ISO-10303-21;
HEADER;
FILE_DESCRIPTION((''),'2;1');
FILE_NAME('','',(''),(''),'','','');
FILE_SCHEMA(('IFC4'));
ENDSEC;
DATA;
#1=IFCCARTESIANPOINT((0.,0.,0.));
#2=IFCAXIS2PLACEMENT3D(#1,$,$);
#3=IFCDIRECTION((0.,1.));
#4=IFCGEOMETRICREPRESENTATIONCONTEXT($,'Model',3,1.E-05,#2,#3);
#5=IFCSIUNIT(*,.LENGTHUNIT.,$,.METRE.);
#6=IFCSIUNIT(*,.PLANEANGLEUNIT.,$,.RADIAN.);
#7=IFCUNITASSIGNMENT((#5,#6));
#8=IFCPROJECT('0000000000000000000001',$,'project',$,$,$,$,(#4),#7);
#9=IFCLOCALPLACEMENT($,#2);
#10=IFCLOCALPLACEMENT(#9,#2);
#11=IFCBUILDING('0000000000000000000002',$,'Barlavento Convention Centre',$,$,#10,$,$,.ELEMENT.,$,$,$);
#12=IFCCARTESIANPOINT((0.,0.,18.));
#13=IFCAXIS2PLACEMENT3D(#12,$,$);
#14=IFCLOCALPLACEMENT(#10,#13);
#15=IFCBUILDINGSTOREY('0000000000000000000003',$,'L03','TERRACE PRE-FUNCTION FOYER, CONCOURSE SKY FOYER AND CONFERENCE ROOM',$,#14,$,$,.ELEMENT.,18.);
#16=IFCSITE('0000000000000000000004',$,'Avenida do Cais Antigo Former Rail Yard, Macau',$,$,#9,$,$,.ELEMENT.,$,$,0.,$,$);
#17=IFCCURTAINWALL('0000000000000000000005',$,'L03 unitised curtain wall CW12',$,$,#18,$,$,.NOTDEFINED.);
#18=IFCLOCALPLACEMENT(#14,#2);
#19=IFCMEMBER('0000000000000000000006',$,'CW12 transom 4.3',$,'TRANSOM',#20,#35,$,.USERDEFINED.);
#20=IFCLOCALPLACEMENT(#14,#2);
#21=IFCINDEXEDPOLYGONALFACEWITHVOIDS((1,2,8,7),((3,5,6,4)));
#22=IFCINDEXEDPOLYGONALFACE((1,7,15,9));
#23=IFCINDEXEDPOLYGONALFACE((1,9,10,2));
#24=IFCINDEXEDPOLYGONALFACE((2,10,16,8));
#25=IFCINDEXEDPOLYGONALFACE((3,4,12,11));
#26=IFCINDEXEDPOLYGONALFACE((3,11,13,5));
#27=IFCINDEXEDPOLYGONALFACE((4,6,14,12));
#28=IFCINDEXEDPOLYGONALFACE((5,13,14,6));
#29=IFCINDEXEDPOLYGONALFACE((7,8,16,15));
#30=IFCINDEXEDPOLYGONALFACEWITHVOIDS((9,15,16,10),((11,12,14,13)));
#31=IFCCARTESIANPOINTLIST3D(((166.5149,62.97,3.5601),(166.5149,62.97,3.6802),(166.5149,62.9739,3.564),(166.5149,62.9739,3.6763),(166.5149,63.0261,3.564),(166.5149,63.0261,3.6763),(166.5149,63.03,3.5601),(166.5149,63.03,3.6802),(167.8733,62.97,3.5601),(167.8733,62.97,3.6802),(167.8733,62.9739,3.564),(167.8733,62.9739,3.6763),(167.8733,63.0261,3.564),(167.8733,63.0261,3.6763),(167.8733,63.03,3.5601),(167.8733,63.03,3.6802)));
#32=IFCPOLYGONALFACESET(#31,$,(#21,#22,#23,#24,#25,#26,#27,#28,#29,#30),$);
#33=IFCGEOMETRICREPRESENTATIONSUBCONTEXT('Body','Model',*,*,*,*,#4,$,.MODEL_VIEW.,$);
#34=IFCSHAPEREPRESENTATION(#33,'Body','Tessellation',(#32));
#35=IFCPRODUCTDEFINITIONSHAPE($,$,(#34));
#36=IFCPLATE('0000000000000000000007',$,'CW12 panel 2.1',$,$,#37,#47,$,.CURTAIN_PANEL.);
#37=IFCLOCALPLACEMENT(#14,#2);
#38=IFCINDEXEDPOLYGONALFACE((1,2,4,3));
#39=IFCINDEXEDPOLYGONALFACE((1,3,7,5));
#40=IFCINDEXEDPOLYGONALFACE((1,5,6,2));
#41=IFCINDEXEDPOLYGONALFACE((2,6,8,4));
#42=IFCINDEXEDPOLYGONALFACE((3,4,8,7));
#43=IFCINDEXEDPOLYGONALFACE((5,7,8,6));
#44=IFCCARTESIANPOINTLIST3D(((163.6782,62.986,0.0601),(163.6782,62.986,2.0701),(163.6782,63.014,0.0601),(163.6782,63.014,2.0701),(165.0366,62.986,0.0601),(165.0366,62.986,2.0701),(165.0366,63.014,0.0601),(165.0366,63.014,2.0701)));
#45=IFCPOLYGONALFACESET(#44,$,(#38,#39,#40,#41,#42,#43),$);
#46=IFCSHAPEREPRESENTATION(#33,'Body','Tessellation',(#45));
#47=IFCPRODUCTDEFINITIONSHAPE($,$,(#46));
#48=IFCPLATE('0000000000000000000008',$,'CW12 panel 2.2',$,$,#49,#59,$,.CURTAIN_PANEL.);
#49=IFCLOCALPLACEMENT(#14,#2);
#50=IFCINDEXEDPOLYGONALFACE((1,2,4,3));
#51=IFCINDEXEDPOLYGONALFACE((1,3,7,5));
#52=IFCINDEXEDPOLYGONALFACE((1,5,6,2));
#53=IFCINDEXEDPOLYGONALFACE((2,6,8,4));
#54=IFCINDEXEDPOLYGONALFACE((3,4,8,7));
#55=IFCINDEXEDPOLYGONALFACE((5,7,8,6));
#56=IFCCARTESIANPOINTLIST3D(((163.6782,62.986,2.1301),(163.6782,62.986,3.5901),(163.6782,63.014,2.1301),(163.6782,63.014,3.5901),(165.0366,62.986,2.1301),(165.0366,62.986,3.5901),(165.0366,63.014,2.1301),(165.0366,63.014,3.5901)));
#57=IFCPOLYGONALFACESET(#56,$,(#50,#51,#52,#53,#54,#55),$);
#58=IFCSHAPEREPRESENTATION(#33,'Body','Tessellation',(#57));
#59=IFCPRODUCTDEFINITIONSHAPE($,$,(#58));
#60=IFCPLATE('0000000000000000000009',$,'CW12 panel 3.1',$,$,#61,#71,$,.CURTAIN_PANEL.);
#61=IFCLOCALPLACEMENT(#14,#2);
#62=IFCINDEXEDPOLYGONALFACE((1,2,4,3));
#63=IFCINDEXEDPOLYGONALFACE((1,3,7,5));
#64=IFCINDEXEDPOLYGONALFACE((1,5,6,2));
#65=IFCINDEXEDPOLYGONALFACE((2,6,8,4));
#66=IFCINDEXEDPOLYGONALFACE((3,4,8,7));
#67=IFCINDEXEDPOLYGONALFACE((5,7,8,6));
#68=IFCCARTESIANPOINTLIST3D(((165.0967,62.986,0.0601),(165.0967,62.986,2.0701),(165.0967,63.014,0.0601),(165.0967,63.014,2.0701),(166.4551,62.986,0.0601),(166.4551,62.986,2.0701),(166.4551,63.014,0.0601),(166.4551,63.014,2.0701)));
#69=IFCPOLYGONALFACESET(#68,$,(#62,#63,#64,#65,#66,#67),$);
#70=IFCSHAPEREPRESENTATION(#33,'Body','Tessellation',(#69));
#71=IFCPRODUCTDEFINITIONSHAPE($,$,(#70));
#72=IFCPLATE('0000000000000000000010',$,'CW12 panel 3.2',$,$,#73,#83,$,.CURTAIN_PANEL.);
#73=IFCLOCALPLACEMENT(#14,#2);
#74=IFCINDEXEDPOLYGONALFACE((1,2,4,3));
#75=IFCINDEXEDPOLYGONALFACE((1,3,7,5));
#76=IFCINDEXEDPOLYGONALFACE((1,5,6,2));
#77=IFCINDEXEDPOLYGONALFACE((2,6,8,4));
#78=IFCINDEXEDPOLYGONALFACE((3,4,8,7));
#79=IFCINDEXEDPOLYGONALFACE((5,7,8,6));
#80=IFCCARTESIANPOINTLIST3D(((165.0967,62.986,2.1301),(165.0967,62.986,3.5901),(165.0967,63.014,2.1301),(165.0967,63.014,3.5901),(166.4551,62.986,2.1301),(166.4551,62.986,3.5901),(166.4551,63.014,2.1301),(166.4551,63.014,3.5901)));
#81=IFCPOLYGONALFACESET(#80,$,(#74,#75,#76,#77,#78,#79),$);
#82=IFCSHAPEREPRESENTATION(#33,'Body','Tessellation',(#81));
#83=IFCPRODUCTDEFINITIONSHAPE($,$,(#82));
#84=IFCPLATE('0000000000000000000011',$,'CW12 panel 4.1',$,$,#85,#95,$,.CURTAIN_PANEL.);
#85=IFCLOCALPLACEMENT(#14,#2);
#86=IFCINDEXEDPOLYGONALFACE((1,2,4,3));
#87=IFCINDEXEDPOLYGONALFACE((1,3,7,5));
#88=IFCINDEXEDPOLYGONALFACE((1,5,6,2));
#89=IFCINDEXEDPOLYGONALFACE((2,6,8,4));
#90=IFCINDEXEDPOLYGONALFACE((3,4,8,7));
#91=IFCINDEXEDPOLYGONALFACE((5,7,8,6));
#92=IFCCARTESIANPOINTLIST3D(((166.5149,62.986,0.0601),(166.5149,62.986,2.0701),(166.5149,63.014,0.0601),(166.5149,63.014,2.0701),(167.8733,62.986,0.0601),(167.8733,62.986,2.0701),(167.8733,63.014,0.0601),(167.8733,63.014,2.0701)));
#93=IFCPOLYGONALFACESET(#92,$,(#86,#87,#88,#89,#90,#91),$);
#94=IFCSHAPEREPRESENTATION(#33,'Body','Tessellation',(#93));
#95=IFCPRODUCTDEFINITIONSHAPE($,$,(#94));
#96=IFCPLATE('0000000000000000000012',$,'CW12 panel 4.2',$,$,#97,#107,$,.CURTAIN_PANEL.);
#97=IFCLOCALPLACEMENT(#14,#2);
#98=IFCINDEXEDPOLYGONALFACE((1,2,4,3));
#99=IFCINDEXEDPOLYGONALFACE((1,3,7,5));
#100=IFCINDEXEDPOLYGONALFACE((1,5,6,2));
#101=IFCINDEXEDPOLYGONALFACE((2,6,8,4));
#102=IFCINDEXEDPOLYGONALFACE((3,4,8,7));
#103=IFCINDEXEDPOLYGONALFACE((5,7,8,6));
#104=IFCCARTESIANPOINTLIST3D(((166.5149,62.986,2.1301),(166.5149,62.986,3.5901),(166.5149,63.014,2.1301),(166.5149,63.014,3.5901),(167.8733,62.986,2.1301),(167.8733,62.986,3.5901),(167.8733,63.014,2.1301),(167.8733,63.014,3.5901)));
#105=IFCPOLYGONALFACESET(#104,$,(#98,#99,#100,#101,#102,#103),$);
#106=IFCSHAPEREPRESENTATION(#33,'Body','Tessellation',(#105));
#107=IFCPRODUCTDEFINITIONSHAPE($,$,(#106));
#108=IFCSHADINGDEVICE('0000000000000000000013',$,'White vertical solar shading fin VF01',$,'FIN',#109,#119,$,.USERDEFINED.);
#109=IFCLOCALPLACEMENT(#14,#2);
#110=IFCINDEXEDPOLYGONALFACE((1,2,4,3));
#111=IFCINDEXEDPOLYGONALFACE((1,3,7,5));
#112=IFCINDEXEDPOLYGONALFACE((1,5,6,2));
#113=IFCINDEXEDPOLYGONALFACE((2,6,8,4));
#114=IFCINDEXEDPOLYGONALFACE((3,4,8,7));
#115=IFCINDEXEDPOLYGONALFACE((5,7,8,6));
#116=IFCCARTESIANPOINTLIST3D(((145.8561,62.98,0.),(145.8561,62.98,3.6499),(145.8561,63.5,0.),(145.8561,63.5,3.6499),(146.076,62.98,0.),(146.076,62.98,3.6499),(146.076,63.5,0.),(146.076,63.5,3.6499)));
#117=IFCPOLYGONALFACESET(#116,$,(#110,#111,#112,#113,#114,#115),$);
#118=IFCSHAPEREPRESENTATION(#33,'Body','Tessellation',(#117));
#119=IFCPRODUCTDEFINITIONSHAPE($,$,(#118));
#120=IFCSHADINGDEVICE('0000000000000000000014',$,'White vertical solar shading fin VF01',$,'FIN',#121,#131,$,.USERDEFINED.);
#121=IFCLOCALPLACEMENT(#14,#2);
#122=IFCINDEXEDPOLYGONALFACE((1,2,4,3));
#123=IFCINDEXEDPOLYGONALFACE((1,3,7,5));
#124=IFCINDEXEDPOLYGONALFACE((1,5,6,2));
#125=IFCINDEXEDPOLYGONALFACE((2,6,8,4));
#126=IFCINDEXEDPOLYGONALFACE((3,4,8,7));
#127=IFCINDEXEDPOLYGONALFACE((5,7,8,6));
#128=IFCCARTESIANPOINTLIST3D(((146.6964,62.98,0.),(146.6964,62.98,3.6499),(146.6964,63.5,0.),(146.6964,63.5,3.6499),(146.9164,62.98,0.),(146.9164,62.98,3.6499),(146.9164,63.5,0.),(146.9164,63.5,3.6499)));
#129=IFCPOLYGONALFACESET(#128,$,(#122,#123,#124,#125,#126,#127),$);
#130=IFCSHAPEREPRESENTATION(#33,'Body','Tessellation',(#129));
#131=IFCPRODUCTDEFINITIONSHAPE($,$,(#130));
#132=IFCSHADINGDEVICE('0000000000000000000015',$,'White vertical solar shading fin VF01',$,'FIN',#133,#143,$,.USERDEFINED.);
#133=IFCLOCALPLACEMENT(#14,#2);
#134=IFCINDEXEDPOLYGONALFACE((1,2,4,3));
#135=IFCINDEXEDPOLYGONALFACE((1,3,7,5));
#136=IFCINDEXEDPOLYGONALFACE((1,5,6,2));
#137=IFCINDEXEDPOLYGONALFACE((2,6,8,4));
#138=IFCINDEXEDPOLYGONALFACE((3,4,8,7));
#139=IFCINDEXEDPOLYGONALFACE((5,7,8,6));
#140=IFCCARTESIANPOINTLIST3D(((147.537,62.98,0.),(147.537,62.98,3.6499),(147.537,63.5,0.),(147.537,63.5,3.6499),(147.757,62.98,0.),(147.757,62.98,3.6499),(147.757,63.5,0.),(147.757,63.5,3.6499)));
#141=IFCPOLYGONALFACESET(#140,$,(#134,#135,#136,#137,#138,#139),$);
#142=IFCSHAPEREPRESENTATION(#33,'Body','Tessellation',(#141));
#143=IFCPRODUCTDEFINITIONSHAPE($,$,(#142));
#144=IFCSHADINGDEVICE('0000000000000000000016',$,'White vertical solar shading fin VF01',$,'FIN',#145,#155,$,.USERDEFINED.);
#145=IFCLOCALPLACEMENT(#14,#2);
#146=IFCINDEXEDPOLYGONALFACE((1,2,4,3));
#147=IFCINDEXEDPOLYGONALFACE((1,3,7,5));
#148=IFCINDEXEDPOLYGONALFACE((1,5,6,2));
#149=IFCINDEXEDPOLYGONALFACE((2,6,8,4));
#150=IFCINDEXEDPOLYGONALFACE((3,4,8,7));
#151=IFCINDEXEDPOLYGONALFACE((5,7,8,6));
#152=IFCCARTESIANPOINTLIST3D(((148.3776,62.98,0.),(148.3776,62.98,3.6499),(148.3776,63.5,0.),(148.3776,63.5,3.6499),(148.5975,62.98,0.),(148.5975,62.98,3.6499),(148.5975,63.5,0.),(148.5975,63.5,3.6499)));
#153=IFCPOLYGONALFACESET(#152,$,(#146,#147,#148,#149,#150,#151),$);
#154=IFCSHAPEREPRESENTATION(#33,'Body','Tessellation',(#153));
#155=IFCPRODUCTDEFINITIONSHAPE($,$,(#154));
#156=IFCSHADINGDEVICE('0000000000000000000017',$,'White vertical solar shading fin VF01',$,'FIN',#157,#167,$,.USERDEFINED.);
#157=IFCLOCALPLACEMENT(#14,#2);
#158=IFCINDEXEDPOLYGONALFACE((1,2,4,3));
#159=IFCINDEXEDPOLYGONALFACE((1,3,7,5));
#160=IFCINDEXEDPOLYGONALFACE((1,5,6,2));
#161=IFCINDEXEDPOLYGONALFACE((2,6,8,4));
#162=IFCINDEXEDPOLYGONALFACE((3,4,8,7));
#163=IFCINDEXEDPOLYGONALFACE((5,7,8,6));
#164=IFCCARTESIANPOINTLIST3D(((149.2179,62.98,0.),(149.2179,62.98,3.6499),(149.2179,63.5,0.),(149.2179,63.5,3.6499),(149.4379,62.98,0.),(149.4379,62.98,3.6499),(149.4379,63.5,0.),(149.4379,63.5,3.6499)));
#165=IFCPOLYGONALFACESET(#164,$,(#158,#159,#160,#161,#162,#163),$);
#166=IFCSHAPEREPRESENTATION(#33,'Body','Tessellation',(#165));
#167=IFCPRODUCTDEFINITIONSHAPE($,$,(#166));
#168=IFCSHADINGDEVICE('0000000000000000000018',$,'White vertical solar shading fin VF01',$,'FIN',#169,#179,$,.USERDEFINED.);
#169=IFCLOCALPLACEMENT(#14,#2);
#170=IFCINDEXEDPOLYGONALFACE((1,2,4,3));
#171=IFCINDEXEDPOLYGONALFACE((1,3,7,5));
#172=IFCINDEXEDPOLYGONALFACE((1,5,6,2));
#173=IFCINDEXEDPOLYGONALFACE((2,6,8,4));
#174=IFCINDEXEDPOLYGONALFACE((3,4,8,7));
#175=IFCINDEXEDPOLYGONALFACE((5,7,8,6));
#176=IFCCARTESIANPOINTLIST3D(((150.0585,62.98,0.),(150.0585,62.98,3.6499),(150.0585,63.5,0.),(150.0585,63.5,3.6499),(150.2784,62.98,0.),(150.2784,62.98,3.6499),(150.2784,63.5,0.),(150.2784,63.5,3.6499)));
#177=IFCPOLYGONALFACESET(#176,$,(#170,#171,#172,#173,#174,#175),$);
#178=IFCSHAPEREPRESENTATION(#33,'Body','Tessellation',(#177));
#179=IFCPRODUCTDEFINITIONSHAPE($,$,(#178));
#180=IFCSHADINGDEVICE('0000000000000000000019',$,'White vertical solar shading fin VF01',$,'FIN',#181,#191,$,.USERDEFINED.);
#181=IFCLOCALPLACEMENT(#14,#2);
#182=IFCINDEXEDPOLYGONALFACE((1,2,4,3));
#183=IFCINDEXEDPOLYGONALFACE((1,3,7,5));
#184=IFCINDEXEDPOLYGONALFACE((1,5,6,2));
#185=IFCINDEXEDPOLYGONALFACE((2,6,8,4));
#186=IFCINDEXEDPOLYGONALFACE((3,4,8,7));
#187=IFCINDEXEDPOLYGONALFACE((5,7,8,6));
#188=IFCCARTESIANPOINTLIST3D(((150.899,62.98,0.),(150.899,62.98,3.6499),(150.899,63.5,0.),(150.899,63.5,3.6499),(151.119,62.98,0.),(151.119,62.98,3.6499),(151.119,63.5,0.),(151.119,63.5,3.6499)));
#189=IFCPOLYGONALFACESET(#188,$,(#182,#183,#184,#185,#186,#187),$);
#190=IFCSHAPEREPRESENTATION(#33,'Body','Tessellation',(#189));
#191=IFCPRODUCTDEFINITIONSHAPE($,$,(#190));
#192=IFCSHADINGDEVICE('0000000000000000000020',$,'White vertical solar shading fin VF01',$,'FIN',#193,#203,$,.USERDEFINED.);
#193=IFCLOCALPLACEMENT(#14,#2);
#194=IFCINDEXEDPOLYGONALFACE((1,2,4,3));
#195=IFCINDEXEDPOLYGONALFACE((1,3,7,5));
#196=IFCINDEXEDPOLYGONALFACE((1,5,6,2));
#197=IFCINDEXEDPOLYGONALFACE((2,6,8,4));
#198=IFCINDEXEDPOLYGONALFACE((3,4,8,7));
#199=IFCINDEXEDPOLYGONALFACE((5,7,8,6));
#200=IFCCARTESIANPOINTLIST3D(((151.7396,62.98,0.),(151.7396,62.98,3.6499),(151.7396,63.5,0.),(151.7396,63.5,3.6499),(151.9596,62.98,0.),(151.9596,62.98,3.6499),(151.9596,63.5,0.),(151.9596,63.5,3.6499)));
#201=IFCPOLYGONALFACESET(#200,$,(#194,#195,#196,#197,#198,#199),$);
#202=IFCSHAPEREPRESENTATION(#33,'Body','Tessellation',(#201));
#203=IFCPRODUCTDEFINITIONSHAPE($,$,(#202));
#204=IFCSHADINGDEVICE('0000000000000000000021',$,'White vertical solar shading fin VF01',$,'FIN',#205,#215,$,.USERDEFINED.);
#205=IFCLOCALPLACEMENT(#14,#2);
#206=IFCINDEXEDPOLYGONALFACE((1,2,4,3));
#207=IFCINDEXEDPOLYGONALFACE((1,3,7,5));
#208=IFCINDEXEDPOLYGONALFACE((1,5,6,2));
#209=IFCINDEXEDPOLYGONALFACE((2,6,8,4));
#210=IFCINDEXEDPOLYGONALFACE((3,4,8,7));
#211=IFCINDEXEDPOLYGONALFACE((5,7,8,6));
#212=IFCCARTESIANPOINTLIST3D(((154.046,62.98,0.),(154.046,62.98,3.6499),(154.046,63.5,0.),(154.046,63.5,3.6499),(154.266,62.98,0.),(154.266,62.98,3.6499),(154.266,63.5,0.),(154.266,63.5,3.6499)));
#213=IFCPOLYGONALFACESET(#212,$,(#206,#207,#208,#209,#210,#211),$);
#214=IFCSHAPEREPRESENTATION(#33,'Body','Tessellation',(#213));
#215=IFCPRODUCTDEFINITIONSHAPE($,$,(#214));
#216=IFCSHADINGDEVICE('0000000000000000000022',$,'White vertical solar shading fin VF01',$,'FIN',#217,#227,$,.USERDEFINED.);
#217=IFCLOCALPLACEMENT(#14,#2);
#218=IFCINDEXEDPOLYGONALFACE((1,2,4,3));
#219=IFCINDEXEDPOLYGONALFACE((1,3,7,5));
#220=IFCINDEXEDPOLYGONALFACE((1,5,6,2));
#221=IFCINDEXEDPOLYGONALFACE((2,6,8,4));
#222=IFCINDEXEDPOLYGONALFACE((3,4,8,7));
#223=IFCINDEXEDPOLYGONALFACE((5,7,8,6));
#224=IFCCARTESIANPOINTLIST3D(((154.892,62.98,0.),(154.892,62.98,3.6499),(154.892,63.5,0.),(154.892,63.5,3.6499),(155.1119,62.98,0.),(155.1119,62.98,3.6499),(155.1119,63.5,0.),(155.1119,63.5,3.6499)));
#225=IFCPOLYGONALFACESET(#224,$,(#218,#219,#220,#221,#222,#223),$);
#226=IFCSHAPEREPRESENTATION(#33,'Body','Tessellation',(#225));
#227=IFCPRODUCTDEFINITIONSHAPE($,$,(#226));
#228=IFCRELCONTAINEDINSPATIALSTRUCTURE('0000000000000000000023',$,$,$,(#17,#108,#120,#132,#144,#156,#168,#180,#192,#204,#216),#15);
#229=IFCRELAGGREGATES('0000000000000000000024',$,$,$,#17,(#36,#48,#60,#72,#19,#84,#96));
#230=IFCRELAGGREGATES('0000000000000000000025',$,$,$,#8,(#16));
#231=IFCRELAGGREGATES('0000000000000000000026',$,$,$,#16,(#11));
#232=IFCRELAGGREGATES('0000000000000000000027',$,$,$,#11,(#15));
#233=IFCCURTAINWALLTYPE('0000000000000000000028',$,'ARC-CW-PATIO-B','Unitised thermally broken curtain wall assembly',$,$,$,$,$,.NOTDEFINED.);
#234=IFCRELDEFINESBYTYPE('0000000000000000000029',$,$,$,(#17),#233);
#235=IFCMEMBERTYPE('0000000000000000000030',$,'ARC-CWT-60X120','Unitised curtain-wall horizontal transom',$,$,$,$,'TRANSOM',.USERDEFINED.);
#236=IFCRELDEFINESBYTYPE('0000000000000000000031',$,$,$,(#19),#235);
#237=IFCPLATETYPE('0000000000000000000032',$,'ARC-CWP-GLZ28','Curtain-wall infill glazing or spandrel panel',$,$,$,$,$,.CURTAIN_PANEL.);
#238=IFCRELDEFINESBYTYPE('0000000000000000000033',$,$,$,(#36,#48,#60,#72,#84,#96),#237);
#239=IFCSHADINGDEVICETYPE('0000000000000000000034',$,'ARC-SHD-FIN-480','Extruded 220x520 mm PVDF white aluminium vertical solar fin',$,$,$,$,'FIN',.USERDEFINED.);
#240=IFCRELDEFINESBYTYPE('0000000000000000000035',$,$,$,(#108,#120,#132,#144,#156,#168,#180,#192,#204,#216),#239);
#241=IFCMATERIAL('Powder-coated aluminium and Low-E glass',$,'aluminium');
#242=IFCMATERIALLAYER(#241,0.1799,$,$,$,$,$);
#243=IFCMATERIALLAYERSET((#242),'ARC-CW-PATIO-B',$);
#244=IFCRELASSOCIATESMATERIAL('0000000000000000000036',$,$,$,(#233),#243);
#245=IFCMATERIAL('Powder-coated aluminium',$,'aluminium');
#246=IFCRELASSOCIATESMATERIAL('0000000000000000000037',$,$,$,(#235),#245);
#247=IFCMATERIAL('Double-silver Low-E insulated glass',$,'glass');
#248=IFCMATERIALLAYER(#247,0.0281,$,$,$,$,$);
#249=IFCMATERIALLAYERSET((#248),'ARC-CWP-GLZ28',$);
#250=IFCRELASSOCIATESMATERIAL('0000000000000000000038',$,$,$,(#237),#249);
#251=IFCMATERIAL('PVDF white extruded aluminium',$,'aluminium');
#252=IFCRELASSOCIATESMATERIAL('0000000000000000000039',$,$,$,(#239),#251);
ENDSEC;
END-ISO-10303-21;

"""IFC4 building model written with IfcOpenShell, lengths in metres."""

from ifc_helpers import new_model, si_unit, direction, frame, origin, origin_2d, place, context, subcontext, project, spatial, rectangle, hollow_rectangle, extrude, material, layer, layer_set, material_profile, profile_set, type_object, element, aggregate, save


model = new_model("IFC4")

# Units and contexts
model_context = context("Model", 3, precision=1e-05, world=origin(), true_north=direction((0.0, 1.0)))
body_context = subcontext(model_context, "Body", "Model", "MODEL_VIEW")
ifc_project = project(units=[si_unit("LENGTHUNIT", "METRE"), si_unit("PLANEANGLEUNIT", "RADIAN")], contexts=[model_context])

# Site, building, storey
site_placement = place(None, origin())
site = spatial("IfcSite", under=ifc_project, at=site_placement, Name="Avenida do Cais Antigo Former Rail Yard, Macau", CompositionType="ELEMENT", RefElevation=0.0)
building_placement = place(site_placement, origin())
building = spatial("IfcBuilding", under=site, at=building_placement, Name="Barlavento Convention Centre", CompositionType="ELEMENT")
storey_placement = place(building_placement, frame((0.0, 0.0, 18.0)))
storey = spatial("IfcBuildingStorey", under=building, at=storey_placement, Name="L03", Description="TERRACE PRE-FUNCTION FOYER, CONCOURSE SKY FOYER AND CONFERENCE ROOM", CompositionType="ELEMENT", Elevation=18.0)

# Curtain wall, member, plates
ifc_material_1 = material(Name="Powder-coated aluminium and Low-E glass", Category="aluminium")
ifc_layer_1 = layer(ifc_material_1, 0.1799)
ifc_layer_set_1 = layer_set([ifc_layer_1], Name="ARC-CW-PATIO-B")
curtain_wall_type = type_object("IfcCurtainWallType", Name="ARC-CW-PATIO-B", Description="Unitised thermally broken curtain wall assembly", PredefinedType="NOTDEFINED", material=ifc_layer_set_1)
curtain_wall_placement = place(storey_placement, origin())
curtain_wall = element("IfcCurtainWall", 1, at=curtain_wall_placement, inside=storey, type_object=curtain_wall_type, Name="L03 unitised curtain wall CW12", PredefinedType="NOTDEFINED")
ifc_material_2 = material(Name="Powder-coated aluminium", Category="aluminium")
ifc_material_profile_1 = material_profile(ifc_material_2, hollow_rectangle(XDim=0.0601, YDim=0.1201, WallThickness=0.0039, at=origin_2d()), Name="AL-TRAN 60x120x4")
ifc_profile_set_1 = profile_set([ifc_material_profile_1], Name="Powder-coated aluminium")
member_type_1 = type_object("IfcMemberType", Name="ARC-CWT-60X120", Description="Unitised curtain-wall horizontal transom", ElementType="TRANSOM", PredefinedType="USERDEFINED", material=ifc_profile_set_1)
member_1_placement = place(storey_placement, frame((166.5149, 63.0, 3.6201), z_axis=(1.0, 0.0, 0.0), x_axis=(0.0, 1.0, 0.0)))
member_1 = element("IfcMember", 2, at=member_1_placement, type_object=member_type_1, Name="CW12 transom 4.3", ObjectType="TRANSOM", PredefinedType="USERDEFINED", context=body_context, shape_type="SweptSolid", body=[
    extrude(hollow_rectangle(XDim=0.0601, YDim=0.1201, WallThickness=0.0039, at=origin_2d()), origin(), (0.0, 0.0, 1.0), 1.3584),
])
ifc_material_3 = material(Name="Double-silver Low-E insulated glass", Category="glass")
ifc_layer_2 = layer(ifc_material_3, 0.0281)
ifc_layer_set_2 = layer_set([ifc_layer_2], Name="ARC-CWP-GLZ28")
plate_type = type_object("IfcPlateType", Name="ARC-CWP-GLZ28", Description="Curtain-wall infill glazing or spandrel panel", PredefinedType="CURTAIN_PANEL", material=ifc_layer_set_2)
plate_1_placement = place(storey_placement, frame((164.3574, 63.0, 0.0601), z_axis=(0.0, 0.0, 1.0), x_axis=(1.0, 0.0, 0.0)))
plate_1 = element("IfcPlate", 3, at=plate_1_placement, type_object=plate_type, Name="CW12 panel 2.1", PredefinedType="CURTAIN_PANEL", context=body_context, shape_type="SweptSolid", body=[
    extrude(rectangle(XDim=1.3584, YDim=0.0281, at=origin_2d()), origin(), (0.0, 0.0, 1.0), 2.01),
])
plate_2_placement = place(storey_placement, frame((164.3574, 63.0, 2.1301), z_axis=(0.0, 0.0, 1.0), x_axis=(1.0, 0.0, 0.0)))
plate_2 = element("IfcPlate", 4, at=plate_2_placement, type_object=plate_type, Name="CW12 panel 2.2", PredefinedType="CURTAIN_PANEL", context=body_context, shape_type="SweptSolid", body=[
    extrude(rectangle(XDim=1.3584, YDim=0.0281, at=origin_2d()), origin(), (0.0, 0.0, 1.0), 1.46),
])
plate_3_placement = place(storey_placement, frame((165.7759, 63.0, 0.0601), z_axis=(0.0, 0.0, 1.0), x_axis=(1.0, 0.0, 0.0)))
plate_3 = element("IfcPlate", 5, at=plate_3_placement, type_object=plate_type, Name="CW12 panel 3.1", PredefinedType="CURTAIN_PANEL", context=body_context, shape_type="SweptSolid", body=[
    extrude(rectangle(XDim=1.3584, YDim=0.0281, at=origin_2d()), origin(), (0.0, 0.0, 1.0), 2.01),
])
plate_4_placement = place(storey_placement, frame((165.7759, 63.0, 2.1301), z_axis=(0.0, 0.0, 1.0), x_axis=(1.0, 0.0, 0.0)))
plate_4 = element("IfcPlate", 6, at=plate_4_placement, type_object=plate_type, Name="CW12 panel 3.2", PredefinedType="CURTAIN_PANEL", context=body_context, shape_type="SweptSolid", body=[
    extrude(rectangle(XDim=1.3584, YDim=0.0281, at=origin_2d()), origin(), (0.0, 0.0, 1.0), 1.46),
])
plate_5_placement = place(storey_placement, frame((167.1941, 63.0, 0.0601), z_axis=(0.0, 0.0, 1.0), x_axis=(1.0, 0.0, 0.0)))
plate_5 = element("IfcPlate", 7, at=plate_5_placement, type_object=plate_type, Name="CW12 panel 4.1", PredefinedType="CURTAIN_PANEL", context=body_context, shape_type="SweptSolid", body=[
    extrude(rectangle(XDim=1.3584, YDim=0.0281, at=origin_2d()), origin(), (0.0, 0.0, 1.0), 2.01),
])
plate_6_placement = place(storey_placement, frame((167.1941, 63.0, 2.1301), z_axis=(0.0, 0.0, 1.0), x_axis=(1.0, 0.0, 0.0)))
plate_6 = element("IfcPlate", 8, at=plate_6_placement, type_object=plate_type, Name="CW12 panel 4.2", PredefinedType="CURTAIN_PANEL", context=body_context, shape_type="SweptSolid", body=[
    extrude(rectangle(XDim=1.3584, YDim=0.0281, at=origin_2d()), origin(), (0.0, 0.0, 1.0), 1.46),
])
aggregate(curtain_wall, [plate_1, plate_2, plate_3, plate_4, member_1, plate_5, plate_6])

# Shading devices
ifc_material_4 = material(Name="PVDF white extruded aluminium", Category="aluminium")
shading_device_type = type_object("IfcShadingDeviceType", Name="ARC-SHD-FIN-480", Description="Extruded 220x520 mm PVDF white aluminium vertical solar fin", ElementType="FIN", PredefinedType="USERDEFINED", material=ifc_material_4)
for number, where, z_axis, x_axis, name in (
    (9, (145.9661, 63.24, 0.0), (0.0, 0.0, 1.0), (1.0, 0.0, 0.0), "White vertical solar shading fin VF01"),
    (10, (146.8064, 63.24, 0.0), (0.0, 0.0, 1.0), (1.0, 0.0, 0.0), "White vertical solar shading fin VF01"),
    (11, (147.647, 63.24, 0.0), (0.0, 0.0, 1.0), (1.0, 0.0, 0.0), "White vertical solar shading fin VF01"),
    (12, (148.4875, 63.24, 0.0), (0.0, 0.0, 1.0), (1.0, 0.0, 0.0), "White vertical solar shading fin VF01"),
    (13, (149.3279, 63.24, 0.0), (0.0, 0.0, 1.0), (1.0, 0.0, 0.0), "White vertical solar shading fin VF01"),
    (14, (150.1685, 63.24, 0.0), (0.0, 0.0, 1.0), (1.0, 0.0, 0.0), "White vertical solar shading fin VF01"),
    (15, (151.009, 63.24, 0.0), (0.0, 0.0, 1.0), (1.0, 0.0, 0.0), "White vertical solar shading fin VF01"),
    (16, (151.8496, 63.24, 0.0), (0.0, 0.0, 1.0), (1.0, 0.0, 0.0), "White vertical solar shading fin VF01"),
    (17, (154.156, 63.24, 0.0), (0.0, 0.0, 1.0), (1.0, 0.0, 0.0), "White vertical solar shading fin VF01"),
    (18, (155.002, 63.24, 0.0), (0.0, 0.0, 1.0), (1.0, 0.0, 0.0), "White vertical solar shading fin VF01"),
):
    element("IfcShadingDevice", number, at=place(storey_placement, frame(where, z_axis=z_axis, x_axis=x_axis)), inside=storey, type_object=shading_device_type, Name=name, ObjectType="FIN", PredefinedType="USERDEFINED", context=body_context, shape_type="SweptSolid", body=[
        extrude(rectangle(XDim=0.22, YDim=0.52, at=origin_2d()), origin(), (0.0, 0.0, 1.0), 3.6499),
    ])

save(model, "model.ifc")
